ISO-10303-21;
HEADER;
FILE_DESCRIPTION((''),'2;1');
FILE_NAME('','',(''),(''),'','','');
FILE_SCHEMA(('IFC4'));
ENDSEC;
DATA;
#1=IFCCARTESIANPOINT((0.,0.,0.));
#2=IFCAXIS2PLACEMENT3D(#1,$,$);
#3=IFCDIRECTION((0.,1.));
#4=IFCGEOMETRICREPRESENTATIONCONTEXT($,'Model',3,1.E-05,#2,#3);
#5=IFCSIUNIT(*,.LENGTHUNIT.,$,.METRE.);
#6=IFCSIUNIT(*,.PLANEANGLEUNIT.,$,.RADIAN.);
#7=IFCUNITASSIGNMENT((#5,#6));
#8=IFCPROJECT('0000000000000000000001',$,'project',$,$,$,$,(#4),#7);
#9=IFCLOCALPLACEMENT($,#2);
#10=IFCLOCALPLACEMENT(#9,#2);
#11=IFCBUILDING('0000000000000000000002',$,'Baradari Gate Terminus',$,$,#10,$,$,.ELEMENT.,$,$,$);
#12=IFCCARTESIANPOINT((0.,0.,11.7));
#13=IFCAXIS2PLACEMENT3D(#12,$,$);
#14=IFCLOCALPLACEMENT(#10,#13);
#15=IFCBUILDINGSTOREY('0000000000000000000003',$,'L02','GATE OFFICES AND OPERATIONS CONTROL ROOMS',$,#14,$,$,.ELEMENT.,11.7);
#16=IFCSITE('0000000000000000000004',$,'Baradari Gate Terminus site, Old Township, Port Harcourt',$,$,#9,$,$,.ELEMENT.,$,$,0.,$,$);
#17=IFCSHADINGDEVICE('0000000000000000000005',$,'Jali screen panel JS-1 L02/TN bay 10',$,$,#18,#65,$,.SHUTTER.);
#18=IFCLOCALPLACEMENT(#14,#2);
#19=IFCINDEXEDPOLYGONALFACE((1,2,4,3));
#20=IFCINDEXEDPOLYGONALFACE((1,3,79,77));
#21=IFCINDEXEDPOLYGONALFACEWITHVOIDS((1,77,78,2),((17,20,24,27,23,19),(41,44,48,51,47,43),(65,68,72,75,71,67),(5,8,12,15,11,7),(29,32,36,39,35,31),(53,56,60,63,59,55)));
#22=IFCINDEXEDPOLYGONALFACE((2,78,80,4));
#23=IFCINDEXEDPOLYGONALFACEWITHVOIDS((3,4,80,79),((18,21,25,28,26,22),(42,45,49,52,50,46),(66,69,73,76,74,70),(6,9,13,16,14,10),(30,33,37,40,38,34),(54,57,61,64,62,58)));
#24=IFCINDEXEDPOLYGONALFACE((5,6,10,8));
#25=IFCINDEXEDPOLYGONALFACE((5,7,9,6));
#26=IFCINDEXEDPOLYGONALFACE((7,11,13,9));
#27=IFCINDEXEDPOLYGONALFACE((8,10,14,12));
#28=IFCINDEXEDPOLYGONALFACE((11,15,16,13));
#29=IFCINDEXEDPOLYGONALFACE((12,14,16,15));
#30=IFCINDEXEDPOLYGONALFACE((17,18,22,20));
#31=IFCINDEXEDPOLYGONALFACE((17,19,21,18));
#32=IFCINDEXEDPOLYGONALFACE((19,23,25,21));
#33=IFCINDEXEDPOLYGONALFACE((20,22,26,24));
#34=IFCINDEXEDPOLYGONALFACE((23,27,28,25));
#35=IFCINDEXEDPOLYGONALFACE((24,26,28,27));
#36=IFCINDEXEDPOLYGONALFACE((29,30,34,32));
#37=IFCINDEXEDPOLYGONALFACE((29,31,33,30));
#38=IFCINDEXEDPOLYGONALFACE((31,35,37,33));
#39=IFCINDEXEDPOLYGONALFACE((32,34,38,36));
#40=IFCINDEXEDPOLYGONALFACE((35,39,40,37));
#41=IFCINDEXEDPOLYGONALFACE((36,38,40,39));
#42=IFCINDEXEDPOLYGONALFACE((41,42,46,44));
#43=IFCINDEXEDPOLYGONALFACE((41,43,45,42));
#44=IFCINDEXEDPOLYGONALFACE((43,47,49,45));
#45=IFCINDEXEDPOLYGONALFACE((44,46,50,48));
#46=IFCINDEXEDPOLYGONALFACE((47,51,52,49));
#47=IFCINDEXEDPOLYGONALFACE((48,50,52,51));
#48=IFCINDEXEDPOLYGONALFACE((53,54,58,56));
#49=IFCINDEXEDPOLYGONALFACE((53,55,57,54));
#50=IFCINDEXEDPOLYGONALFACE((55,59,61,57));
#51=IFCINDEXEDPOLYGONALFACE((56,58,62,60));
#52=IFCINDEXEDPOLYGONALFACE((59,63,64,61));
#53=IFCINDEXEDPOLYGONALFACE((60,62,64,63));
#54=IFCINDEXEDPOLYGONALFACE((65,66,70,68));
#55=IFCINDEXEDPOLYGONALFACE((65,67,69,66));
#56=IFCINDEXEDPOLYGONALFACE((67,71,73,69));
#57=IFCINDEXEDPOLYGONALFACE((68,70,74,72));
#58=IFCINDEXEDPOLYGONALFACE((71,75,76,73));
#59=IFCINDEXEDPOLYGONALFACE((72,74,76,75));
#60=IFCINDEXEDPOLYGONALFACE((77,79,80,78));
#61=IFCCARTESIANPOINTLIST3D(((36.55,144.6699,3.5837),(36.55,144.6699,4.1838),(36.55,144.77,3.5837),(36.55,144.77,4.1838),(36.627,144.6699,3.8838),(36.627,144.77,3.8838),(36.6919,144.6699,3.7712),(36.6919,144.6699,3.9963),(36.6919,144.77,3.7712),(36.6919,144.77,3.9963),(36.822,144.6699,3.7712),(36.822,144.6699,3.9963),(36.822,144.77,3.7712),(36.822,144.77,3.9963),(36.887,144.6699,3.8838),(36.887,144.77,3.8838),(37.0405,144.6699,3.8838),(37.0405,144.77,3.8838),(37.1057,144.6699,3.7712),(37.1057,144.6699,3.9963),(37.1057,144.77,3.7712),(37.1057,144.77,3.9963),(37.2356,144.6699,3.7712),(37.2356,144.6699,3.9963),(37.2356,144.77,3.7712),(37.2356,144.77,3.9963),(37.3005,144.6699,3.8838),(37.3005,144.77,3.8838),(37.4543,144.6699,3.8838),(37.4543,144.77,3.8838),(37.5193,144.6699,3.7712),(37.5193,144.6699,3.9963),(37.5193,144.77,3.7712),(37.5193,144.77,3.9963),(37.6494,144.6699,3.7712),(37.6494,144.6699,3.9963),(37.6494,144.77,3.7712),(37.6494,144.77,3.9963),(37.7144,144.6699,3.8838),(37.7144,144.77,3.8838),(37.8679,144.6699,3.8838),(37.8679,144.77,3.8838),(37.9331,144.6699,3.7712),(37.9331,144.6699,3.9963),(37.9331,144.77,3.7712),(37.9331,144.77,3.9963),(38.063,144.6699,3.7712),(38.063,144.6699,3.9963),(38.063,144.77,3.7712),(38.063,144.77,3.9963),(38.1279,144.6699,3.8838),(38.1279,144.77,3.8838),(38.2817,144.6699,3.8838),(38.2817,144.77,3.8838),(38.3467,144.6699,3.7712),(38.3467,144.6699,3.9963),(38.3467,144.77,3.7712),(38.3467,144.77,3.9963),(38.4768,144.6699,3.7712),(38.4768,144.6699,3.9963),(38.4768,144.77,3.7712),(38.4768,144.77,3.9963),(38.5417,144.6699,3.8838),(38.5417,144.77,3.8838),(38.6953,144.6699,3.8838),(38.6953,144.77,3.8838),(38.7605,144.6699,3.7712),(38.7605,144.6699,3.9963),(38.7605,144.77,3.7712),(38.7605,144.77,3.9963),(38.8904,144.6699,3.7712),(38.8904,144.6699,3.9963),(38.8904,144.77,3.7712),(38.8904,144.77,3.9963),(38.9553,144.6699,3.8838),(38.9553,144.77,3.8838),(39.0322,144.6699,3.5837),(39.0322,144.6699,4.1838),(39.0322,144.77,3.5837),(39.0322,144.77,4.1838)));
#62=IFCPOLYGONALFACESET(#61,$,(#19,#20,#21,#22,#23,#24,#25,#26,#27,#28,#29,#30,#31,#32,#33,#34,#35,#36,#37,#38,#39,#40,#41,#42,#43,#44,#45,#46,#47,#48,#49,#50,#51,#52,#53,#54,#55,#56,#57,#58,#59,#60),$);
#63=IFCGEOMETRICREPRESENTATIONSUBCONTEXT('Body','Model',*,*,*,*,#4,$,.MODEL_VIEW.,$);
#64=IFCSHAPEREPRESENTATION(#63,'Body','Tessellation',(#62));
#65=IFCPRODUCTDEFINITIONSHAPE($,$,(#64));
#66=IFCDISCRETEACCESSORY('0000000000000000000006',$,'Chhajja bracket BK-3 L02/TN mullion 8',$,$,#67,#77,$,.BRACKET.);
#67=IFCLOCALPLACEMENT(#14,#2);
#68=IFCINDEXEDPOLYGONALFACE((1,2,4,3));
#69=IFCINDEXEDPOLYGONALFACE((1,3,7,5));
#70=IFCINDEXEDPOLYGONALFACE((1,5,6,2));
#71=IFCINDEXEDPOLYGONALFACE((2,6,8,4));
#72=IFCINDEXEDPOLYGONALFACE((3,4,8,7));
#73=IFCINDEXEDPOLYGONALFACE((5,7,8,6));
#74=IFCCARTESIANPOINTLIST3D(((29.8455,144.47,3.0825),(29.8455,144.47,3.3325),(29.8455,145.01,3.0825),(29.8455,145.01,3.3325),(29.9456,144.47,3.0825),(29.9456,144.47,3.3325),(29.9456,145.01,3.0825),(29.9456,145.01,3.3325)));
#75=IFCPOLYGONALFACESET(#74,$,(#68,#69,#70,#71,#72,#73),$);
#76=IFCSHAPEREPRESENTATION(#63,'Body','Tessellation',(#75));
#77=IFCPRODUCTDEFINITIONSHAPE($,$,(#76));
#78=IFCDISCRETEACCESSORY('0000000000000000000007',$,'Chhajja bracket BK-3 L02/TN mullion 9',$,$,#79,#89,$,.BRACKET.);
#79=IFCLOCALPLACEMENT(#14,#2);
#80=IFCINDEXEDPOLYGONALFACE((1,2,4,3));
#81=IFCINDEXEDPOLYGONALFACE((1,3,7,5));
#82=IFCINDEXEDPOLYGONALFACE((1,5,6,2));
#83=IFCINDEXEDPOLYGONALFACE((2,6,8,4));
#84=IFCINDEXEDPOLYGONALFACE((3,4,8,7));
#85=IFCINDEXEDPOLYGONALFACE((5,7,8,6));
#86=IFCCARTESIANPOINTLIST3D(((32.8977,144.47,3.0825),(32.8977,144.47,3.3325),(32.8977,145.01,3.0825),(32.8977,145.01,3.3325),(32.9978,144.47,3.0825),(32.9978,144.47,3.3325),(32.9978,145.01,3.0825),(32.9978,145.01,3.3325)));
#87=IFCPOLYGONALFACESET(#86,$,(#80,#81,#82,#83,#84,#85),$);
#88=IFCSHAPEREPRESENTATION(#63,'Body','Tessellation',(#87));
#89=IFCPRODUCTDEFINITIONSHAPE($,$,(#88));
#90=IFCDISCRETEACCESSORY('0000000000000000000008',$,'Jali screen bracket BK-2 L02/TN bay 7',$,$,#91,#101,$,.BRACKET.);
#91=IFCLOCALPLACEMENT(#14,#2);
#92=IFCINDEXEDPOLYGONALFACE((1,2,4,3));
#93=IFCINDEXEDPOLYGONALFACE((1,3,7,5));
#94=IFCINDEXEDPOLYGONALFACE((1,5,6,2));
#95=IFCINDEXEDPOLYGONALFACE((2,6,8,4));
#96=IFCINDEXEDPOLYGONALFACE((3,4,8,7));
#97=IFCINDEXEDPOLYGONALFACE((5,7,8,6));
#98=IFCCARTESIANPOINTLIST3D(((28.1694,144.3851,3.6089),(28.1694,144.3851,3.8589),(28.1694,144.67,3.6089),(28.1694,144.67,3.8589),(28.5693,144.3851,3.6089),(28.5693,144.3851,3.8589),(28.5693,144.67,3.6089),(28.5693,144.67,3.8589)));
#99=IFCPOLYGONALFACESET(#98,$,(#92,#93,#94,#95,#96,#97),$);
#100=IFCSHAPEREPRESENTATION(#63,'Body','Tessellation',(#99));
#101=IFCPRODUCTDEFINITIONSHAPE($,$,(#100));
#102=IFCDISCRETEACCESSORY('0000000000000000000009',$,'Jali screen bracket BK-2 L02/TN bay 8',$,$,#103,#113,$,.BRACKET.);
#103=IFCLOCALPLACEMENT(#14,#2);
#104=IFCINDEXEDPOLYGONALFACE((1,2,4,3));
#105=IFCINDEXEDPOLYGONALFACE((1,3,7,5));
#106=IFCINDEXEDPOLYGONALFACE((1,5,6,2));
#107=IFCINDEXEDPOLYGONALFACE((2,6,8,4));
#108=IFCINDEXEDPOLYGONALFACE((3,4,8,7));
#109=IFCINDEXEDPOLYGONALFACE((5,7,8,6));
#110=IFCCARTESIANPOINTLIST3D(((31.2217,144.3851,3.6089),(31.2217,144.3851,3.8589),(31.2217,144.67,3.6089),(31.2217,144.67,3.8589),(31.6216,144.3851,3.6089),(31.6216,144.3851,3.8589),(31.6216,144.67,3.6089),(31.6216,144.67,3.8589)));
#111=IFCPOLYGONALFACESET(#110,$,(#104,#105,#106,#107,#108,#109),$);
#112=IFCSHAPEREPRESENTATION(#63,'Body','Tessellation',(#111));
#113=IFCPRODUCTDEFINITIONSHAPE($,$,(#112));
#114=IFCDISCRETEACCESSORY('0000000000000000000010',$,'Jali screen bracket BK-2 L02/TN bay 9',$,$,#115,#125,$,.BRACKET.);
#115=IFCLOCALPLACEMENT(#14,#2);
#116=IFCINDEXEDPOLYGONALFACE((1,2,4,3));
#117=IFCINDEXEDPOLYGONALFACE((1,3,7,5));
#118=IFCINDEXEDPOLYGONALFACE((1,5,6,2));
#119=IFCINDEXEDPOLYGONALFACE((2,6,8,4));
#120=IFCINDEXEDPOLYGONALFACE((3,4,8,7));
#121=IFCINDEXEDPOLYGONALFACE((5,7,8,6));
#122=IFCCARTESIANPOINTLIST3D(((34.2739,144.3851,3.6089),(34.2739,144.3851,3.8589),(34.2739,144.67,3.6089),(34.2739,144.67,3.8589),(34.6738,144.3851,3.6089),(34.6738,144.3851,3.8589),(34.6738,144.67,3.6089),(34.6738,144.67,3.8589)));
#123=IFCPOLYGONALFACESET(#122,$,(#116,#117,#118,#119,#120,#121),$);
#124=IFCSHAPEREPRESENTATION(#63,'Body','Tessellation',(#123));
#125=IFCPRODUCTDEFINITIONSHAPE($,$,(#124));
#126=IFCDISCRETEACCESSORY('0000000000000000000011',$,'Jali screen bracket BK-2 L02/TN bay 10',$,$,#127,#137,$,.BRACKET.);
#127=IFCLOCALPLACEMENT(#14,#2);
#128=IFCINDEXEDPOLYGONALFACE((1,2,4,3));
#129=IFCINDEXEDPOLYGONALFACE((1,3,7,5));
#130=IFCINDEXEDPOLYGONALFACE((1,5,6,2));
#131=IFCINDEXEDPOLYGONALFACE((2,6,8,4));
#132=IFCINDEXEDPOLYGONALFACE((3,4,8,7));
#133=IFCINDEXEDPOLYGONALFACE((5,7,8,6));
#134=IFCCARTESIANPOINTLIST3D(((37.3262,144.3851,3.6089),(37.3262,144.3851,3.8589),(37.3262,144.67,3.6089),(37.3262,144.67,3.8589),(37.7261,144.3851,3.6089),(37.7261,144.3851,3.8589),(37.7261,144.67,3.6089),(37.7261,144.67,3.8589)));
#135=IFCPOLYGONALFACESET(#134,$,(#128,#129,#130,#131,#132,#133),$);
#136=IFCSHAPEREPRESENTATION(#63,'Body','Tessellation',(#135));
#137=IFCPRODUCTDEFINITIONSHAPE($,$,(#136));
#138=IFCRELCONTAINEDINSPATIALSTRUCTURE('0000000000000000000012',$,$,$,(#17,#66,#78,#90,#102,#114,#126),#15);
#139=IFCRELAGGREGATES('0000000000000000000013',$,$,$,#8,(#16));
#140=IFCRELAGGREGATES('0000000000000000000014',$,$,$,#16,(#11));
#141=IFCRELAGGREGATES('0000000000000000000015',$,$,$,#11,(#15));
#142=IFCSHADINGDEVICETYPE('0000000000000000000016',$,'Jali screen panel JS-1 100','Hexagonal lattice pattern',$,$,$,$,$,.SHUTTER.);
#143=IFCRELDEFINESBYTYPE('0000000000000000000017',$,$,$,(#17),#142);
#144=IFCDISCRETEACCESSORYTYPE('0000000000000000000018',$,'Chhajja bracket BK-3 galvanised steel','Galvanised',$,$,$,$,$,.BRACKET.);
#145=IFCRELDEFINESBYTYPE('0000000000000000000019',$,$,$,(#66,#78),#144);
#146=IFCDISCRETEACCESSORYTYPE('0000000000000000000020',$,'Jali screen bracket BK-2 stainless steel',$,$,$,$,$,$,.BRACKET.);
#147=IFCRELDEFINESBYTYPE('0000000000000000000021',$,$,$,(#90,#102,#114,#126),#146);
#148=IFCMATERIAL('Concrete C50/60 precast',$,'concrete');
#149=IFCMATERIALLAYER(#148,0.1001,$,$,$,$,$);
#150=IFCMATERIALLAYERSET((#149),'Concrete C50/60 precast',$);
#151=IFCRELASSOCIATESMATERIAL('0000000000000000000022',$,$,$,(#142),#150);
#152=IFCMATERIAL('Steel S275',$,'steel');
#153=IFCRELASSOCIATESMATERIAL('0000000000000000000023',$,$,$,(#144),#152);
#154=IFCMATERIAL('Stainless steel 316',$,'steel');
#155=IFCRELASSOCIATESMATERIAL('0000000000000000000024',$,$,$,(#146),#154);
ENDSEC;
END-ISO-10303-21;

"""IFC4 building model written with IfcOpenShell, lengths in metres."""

from ifc_helpers import new_model, si_unit, direction, frame, origin, origin_2d, place, context, subcontext, project, spatial, polyline, rectangle, outline, extrude, material, layer, layer_set, type_object, element, save


model = new_model("IFC4")

# Units and contexts
model_context = context("Model", 3, precision=1e-05, world=origin(), true_north=direction((0.0, 1.0)))
body_context = subcontext(model_context, "Body", "Model", "MODEL_VIEW")
ifc_project = project(units=[si_unit("LENGTHUNIT", "METRE"), si_unit("PLANEANGLEUNIT", "RADIAN")], contexts=[model_context])

# Site, building, storey
site_placement = place(None, origin())
site = spatial("IfcSite", under=ifc_project, at=site_placement, Name="Baradari Gate Terminus site, Old Township, Port Harcourt", CompositionType="ELEMENT", RefElevation=0.0)
building_placement = place(site_placement, origin())
building = spatial("IfcBuilding", under=site, at=building_placement, Name="Baradari Gate Terminus", CompositionType="ELEMENT")
storey_placement = place(building_placement, frame((0.0, 0.0, 11.7)))
storey = spatial("IfcBuildingStorey", under=building, at=storey_placement, Name="L02", Description="GATE OFFICES AND OPERATIONS CONTROL ROOMS", CompositionType="ELEMENT", Elevation=11.7)

# Shading device
ifc_material_1 = material(Name="Concrete C50/60 precast", Category="concrete")
ifc_layer_1 = layer(ifc_material_1, 0.1001)
ifc_layer_set_1 = layer_set([ifc_layer_1], Name="Concrete C50/60 precast")
shading_device_type_1 = type_object("IfcShadingDeviceType", Name="Jali screen panel JS-1 100", Description="Hexagonal lattice pattern", PredefinedType="SHUTTER", material=ifc_layer_set_1)
for number, where, z_axis, x_axis, name in (
    (1, (36.55, 144.72, 3.5837), (0.0, 0.0, 1.0), (1.0, 0.0, 0.0), "Jali screen panel JS-1 L02/TN bay 10"),
):
    element("IfcShadingDevice", number, at=place(storey_placement, frame(where, z_axis=z_axis, x_axis=x_axis)), inside=storey, type_object=shading_device_type_1, Name=name, PredefinedType="SHUTTER", context=body_context, shape_type="SweptSolid", body=[
        extrude(outline(polyline([(0.0, 0.0), (2.4822, 0.0), (2.4822, 0.6001), (0.0, 0.6001), (0.0, 0.0)]), holes=[polyline([(0.3369, 0.3), (0.272, 0.1875), (0.1418, 0.1875), (0.0769, 0.3), (0.1418, 0.4126), (0.272, 0.4126), (0.3369, 0.3)]), polyline([(0.7505, 0.3), (0.6855, 0.1875), (0.5557, 0.1875), (0.4905, 0.3), (0.5557, 0.4126), (0.6855, 0.4126), (0.7505, 0.3)]), polyline([(1.1643, 0.3), (1.0994, 0.1875), (0.9692, 0.1875), (0.9043, 0.3), (0.9692, 0.4126), (1.0994, 0.4126), (1.1643, 0.3)]), polyline([(1.5779, 0.3), (1.5129, 0.1875), (1.3831, 0.1875), (1.3179, 0.3), (1.3831, 0.4126), (1.5129, 0.4126), (1.5779, 0.3)]), polyline([(1.9917, 0.3), (1.9268, 0.1875), (1.7966, 0.1875), (1.7317, 0.3), (1.7966, 0.4126), (1.9268, 0.4126), (1.9917, 0.3)]), polyline([(2.4053, 0.3), (2.3403, 0.1875), (2.2104, 0.1875), (2.1453, 0.3), (2.2104, 0.4126), (2.3403, 0.4126), (2.4053, 0.3)])]), frame((0.0, 0.05, 0.0), z_axis=(0.0, -1.0, 0.0), x_axis=(1.0, 0.0, 0.0)), (0.0, 0.0, 1.0), 0.1001),
    ])

# Discrete accessories
ifc_material_2 = material(Name="Steel S275", Category="steel")
discrete_accessory_type_1 = type_object("IfcDiscreteAccessoryType", Name="Chhajja bracket BK-3 galvanised steel", Description="Galvanised", PredefinedType="BRACKET", material=ifc_material_2)
for number, where, z_axis, x_axis, name in (
    (2, (29.8955, 144.74, 3.0825), (0.0, 0.0, 1.0), (0.0, 1.0, 0.0), "Chhajja bracket BK-3 L02/TN mullion 8"),
    (3, (32.9478, 144.74, 3.0825), (0.0, 0.0, 1.0), (0.0, 1.0, 0.0), "Chhajja bracket BK-3 L02/TN mullion 9"),
):
    element("IfcDiscreteAccessory", number, at=place(storey_placement, frame(where, z_axis=z_axis, x_axis=x_axis)), inside=storey, type_object=discrete_accessory_type_1, Name=name, PredefinedType="BRACKET", context=body_context, shape_type="SweptSolid", body=[
        extrude(rectangle(XDim=0.54, YDim=0.1001, at=origin_2d()), origin(), (0.0, 0.0, 1.0), 0.25),
    ])
ifc_material_3 = material(Name="Stainless steel 316", Category="steel")
discrete_accessory_type_2 = type_object("IfcDiscreteAccessoryType", Name="Jali screen bracket BK-2 stainless steel", PredefinedType="BRACKET", material=ifc_material_3)
for number, where, z_axis, x_axis, name in (
    (4, (28.3694, 144.5276, 3.6089), (0.0, 0.0, 1.0), (0.0, 1.0, 0.0), "Jali screen bracket BK-2 L02/TN bay 7"),
    (5, (31.4216, 144.5276, 3.6089), (0.0, 0.0, 1.0), (0.0, 1.0, 0.0), "Jali screen bracket BK-2 L02/TN bay 8"),
    (6, (34.4739, 144.5276, 3.6089), (0.0, 0.0, 1.0), (0.0, 1.0, 0.0), "Jali screen bracket BK-2 L02/TN bay 9"),
    (7, (37.5261, 144.5276, 3.6089), (0.0, 0.0, 1.0), (0.0, 1.0, 0.0), "Jali screen bracket BK-2 L02/TN bay 10"),
):
    element("IfcDiscreteAccessory", number, at=place(storey_placement, frame(where, z_axis=z_axis, x_axis=x_axis)), inside=storey, type_object=discrete_accessory_type_2, Name=name, PredefinedType="BRACKET", context=body_context, shape_type="SweptSolid", body=[
        extrude(rectangle(XDim=0.2849, YDim=0.3999, at=origin_2d()), origin(), (0.0, 0.0, 1.0), 0.25),
    ])

save(model, "model.ifc")
